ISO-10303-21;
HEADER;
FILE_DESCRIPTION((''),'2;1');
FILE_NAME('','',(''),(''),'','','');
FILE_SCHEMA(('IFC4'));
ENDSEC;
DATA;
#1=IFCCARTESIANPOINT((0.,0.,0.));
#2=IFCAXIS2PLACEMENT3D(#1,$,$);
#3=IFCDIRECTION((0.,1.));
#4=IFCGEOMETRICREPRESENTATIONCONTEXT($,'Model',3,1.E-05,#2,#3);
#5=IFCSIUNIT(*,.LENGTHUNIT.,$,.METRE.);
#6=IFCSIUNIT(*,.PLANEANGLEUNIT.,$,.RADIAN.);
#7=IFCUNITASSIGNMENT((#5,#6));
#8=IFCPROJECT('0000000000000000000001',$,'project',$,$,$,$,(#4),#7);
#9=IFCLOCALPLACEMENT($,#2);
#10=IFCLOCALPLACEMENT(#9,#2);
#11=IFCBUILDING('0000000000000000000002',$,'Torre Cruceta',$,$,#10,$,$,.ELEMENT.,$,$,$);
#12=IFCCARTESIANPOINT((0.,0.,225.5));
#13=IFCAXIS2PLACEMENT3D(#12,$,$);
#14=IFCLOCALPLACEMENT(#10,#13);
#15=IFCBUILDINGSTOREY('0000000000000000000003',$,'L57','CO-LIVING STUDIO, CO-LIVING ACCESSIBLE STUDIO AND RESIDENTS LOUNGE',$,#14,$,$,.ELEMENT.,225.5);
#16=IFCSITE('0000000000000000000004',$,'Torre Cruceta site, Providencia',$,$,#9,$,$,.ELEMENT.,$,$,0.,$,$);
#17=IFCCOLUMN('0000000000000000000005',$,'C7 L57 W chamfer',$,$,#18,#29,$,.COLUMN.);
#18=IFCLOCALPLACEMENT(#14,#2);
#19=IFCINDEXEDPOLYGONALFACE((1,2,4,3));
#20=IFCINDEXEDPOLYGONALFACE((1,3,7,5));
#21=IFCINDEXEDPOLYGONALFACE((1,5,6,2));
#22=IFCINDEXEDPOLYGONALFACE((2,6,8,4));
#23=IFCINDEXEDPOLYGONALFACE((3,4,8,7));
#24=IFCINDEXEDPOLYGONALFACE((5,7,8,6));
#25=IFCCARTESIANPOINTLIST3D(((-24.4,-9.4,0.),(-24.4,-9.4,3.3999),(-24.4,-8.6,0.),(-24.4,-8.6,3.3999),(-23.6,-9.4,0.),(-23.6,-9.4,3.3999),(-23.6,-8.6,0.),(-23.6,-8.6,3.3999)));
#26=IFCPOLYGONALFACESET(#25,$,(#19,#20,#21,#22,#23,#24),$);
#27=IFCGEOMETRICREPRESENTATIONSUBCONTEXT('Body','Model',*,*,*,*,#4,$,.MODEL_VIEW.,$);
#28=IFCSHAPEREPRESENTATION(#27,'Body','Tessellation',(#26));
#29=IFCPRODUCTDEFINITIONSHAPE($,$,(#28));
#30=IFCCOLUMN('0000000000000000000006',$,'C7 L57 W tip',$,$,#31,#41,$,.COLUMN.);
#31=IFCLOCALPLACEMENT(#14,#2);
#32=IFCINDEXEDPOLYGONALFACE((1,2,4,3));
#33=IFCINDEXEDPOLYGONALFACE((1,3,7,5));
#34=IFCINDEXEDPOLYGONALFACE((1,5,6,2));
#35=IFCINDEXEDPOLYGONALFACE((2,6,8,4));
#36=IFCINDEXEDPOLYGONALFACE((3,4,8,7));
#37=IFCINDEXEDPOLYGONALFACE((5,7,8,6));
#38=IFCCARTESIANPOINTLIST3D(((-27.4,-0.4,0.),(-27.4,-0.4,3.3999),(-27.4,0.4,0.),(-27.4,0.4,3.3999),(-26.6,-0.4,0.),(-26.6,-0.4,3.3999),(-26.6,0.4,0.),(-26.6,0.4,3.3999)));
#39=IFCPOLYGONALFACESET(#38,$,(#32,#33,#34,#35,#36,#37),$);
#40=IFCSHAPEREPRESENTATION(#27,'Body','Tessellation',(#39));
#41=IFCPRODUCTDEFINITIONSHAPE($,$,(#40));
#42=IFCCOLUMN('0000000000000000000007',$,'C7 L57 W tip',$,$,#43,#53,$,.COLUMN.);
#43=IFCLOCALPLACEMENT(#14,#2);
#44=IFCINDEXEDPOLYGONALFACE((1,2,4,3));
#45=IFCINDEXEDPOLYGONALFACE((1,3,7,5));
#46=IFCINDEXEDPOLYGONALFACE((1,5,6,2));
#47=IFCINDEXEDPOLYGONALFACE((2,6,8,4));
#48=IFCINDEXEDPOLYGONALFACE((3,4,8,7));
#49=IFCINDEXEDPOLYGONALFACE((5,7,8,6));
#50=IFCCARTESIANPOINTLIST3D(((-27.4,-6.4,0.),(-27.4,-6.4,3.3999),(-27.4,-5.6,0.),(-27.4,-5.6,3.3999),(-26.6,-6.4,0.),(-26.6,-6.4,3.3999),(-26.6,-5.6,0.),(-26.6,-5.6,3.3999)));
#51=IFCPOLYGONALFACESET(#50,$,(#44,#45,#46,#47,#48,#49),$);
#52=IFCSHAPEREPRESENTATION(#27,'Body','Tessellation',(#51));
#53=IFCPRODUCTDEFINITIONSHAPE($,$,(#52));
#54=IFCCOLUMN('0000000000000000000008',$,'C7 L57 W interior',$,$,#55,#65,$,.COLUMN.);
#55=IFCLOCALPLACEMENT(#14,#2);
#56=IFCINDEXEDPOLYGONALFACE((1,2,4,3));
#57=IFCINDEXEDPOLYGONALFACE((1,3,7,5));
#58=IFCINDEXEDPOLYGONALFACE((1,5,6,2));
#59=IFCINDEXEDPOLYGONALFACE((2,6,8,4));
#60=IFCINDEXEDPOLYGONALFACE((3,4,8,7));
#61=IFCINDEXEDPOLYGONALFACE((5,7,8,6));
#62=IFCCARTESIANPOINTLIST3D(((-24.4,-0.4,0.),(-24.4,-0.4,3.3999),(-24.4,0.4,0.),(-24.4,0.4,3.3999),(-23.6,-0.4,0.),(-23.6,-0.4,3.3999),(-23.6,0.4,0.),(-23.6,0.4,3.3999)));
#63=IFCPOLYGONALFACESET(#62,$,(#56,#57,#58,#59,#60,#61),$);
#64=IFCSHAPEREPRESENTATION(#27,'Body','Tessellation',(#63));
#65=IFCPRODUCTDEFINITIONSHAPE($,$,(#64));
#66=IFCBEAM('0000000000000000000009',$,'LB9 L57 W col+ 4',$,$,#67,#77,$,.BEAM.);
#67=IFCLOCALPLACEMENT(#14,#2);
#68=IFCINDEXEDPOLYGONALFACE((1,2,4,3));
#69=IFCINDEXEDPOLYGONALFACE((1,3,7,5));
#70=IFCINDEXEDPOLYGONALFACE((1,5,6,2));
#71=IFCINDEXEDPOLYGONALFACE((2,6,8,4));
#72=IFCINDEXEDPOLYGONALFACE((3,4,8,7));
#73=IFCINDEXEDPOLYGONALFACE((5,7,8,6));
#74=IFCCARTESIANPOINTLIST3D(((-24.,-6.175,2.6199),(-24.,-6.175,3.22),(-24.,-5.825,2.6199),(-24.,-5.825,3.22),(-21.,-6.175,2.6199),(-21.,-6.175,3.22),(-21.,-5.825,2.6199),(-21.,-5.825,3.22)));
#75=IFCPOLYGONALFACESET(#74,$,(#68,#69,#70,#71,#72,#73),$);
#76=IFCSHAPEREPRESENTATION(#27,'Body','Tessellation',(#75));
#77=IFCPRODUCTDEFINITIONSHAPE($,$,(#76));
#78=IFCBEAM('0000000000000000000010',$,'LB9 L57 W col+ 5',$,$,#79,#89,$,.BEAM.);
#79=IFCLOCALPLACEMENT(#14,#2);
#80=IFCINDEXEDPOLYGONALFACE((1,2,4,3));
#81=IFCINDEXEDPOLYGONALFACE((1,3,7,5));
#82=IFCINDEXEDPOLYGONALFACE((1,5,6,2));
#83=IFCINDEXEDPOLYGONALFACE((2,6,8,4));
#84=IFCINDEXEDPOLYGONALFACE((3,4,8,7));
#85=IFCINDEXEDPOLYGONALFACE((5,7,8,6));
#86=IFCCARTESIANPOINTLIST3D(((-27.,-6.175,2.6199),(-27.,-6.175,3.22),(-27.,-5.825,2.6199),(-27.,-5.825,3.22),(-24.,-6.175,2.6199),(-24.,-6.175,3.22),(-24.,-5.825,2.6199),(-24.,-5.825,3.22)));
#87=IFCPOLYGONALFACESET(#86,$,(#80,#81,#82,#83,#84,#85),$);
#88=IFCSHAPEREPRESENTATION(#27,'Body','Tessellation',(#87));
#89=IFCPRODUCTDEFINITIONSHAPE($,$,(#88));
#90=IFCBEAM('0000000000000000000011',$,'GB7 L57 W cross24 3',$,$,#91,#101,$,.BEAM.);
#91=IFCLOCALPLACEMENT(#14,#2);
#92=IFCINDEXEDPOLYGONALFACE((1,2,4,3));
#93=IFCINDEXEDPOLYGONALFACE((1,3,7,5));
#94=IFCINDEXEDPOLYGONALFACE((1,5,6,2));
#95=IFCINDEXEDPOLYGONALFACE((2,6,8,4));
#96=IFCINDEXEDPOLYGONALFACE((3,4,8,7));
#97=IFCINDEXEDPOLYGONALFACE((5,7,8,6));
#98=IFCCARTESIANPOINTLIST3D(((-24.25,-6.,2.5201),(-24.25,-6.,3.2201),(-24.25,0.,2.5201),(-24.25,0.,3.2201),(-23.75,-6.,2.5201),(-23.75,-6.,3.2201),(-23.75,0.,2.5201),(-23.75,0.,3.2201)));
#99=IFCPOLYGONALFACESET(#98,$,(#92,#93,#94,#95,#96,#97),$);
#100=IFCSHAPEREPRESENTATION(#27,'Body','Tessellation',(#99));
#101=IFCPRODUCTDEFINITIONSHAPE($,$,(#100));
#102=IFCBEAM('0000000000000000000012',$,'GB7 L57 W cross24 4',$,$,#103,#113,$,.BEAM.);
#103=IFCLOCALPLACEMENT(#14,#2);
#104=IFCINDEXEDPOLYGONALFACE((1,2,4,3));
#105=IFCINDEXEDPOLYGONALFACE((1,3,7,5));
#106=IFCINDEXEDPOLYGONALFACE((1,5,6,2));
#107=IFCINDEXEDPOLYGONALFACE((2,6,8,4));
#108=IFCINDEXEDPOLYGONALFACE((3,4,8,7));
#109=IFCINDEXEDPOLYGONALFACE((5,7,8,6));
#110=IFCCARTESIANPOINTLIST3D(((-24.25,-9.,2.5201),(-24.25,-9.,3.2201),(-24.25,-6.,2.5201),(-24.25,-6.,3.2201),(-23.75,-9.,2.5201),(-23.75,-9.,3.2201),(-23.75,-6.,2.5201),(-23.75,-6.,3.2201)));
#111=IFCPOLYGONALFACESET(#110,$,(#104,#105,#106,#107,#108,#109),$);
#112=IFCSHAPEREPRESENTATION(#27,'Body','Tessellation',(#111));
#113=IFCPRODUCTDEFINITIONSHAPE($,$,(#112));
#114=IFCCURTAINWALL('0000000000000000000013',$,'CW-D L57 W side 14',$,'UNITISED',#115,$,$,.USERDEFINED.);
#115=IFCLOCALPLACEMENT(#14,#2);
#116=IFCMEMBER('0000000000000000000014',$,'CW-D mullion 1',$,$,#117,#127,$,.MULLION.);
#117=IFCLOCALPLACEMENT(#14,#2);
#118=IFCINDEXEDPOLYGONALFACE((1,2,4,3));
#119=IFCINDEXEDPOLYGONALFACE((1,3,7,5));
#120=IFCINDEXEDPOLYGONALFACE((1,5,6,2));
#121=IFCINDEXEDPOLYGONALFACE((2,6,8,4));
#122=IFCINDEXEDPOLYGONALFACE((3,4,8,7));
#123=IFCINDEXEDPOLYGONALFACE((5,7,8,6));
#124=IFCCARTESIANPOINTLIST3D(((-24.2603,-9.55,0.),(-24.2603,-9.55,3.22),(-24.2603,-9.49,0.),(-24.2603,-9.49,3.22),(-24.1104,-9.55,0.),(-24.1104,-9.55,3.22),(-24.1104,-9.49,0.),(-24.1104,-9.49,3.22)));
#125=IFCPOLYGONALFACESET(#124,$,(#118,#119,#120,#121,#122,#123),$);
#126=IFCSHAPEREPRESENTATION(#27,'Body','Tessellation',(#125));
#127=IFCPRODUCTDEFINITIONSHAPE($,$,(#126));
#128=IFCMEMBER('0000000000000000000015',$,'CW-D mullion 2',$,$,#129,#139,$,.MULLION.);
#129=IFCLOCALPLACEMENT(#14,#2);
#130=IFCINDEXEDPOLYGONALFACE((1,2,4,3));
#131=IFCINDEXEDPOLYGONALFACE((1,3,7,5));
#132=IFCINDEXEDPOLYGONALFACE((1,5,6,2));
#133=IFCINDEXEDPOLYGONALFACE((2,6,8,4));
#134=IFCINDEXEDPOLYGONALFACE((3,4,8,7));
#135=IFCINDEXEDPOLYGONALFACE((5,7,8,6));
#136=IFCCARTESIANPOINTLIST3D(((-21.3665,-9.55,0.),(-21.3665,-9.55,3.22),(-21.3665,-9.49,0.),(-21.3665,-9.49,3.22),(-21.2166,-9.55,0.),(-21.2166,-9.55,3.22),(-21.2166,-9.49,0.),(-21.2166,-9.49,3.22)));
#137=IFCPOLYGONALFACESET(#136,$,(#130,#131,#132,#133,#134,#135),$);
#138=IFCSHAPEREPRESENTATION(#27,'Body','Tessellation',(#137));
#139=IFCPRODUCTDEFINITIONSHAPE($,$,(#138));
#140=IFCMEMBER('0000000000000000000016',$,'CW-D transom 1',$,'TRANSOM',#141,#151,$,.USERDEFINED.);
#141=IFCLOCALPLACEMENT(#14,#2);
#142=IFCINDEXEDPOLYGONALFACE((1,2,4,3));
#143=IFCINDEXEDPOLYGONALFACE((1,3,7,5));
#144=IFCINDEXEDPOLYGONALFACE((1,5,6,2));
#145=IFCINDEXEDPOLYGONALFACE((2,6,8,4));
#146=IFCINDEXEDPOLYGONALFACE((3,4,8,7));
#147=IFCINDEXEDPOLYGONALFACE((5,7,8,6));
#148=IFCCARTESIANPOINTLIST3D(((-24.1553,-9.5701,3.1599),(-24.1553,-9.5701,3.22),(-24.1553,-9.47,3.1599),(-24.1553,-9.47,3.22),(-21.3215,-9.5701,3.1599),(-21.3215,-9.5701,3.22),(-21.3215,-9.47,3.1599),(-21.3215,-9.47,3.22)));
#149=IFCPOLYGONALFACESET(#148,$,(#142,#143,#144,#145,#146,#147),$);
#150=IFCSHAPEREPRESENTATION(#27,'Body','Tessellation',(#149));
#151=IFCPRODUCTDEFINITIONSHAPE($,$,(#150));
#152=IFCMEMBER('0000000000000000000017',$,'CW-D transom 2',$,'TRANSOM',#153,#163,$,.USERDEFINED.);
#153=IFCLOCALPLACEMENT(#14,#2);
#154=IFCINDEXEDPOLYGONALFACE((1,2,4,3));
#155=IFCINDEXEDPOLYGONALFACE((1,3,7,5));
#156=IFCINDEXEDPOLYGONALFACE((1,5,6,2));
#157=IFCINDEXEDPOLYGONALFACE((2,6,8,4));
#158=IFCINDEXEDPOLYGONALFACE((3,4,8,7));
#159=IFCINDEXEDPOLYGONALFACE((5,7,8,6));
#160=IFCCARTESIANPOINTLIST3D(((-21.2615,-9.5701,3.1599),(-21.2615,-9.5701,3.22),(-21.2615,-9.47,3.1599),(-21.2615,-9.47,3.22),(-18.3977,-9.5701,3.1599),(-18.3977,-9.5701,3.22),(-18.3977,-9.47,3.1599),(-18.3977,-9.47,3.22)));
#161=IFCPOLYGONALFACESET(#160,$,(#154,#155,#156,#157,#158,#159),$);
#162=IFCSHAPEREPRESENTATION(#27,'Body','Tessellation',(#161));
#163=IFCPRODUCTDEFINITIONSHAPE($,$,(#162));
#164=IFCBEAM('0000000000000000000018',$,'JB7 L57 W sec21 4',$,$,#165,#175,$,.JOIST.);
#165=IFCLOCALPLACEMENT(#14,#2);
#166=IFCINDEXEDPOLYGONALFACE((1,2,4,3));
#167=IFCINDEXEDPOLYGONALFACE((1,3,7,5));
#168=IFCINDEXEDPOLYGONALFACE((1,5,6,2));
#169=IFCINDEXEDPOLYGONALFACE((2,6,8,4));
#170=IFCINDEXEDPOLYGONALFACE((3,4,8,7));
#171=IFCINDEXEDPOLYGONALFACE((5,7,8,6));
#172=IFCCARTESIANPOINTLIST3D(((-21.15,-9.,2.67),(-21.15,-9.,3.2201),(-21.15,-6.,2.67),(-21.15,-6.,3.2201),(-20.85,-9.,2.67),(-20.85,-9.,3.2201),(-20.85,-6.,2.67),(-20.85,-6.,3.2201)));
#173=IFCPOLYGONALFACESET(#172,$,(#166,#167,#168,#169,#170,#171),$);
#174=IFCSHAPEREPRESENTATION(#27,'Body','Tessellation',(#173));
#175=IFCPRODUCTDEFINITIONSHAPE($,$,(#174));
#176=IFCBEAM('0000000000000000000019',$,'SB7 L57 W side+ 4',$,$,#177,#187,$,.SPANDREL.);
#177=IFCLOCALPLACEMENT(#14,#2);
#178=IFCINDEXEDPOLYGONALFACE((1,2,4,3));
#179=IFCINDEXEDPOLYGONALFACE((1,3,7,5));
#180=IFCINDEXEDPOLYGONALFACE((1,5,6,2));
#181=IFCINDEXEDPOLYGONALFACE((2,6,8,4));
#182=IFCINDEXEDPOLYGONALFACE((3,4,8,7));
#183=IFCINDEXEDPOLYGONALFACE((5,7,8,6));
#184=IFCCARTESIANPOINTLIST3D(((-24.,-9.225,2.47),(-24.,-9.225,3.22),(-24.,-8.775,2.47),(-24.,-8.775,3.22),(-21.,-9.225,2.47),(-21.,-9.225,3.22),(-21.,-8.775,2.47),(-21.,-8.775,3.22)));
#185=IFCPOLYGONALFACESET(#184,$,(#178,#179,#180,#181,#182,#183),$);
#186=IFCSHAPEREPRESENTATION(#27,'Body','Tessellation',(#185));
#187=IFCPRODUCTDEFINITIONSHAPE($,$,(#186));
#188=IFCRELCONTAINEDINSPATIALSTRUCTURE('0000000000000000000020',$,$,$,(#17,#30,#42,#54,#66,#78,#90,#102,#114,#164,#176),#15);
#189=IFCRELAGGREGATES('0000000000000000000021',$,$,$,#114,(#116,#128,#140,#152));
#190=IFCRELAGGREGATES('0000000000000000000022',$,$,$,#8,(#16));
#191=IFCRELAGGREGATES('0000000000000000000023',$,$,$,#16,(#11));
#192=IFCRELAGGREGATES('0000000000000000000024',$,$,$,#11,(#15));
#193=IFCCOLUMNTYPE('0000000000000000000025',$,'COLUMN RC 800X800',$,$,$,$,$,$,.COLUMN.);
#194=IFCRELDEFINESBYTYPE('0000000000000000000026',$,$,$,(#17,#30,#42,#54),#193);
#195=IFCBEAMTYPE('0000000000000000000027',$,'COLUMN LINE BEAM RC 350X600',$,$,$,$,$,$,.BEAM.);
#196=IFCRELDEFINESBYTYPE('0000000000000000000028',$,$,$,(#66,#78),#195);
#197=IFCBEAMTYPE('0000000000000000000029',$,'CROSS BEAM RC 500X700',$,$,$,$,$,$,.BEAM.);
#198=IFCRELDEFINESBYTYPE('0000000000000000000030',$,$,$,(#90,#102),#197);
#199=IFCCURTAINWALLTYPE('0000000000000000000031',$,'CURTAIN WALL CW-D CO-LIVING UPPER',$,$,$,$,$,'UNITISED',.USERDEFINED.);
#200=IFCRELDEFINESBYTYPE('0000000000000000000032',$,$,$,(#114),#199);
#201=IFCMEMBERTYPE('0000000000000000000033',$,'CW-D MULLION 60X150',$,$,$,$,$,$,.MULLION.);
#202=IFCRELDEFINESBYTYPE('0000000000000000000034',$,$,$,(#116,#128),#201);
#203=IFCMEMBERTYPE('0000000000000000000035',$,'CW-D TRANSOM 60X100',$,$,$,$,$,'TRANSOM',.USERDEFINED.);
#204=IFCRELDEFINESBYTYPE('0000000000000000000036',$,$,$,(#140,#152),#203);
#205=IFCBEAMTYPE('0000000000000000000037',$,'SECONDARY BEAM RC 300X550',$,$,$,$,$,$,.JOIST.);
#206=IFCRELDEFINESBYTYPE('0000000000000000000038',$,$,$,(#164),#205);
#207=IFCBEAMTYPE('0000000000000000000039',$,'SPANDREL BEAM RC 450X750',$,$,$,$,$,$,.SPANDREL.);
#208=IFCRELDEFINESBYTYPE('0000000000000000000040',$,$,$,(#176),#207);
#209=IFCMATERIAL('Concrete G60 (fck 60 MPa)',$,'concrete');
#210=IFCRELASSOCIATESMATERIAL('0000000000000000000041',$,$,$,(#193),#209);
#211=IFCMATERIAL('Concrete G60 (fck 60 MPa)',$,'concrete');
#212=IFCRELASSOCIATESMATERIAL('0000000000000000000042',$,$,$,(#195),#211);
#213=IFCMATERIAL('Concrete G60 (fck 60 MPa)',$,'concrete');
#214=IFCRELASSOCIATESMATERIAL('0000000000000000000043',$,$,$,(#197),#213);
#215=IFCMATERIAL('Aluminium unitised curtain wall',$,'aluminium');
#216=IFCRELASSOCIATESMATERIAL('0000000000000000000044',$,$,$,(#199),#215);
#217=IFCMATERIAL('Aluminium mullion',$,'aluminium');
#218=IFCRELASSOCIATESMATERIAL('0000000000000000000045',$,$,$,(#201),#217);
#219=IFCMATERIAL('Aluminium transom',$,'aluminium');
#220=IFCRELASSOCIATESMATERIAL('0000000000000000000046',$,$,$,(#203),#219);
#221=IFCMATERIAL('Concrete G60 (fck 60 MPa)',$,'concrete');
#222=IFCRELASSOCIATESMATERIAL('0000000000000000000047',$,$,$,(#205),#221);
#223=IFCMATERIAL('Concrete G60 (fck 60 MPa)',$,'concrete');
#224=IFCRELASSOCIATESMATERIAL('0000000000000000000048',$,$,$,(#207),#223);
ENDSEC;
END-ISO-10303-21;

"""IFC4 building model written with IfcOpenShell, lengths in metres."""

from ifc_helpers import new_model, si_unit, direction, frame, origin, origin_2d, place, context, subcontext, project, spatial, rectangle, extrude, material, material_profile, profile_set, type_object, element, aggregate, save


model = new_model("IFC4")

# Units and contexts
model_context = context("Model", 3, precision=1e-05, world=origin(), true_north=direction((0.0, 1.0)))
body_context = subcontext(model_context, "Body", "Model", "MODEL_VIEW")
ifc_project = project(units=[si_unit("LENGTHUNIT", "METRE"), si_unit("PLANEANGLEUNIT", "RADIAN")], contexts=[model_context])

# Site, building, storey
site_placement = place(None, origin())
site = spatial("IfcSite", under=ifc_project, at=site_placement, Name="Torre Cruceta site, Providencia", CompositionType="ELEMENT", RefElevation=0.0)
building_placement = place(site_placement, origin())
building = spatial("IfcBuilding", under=site, at=building_placement, Name="Torre Cruceta", CompositionType="ELEMENT")
storey_placement = place(building_placement, frame((0.0, 0.0, 225.5)))
storey = spatial("IfcBuildingStorey", under=building, at=storey_placement, Name="L57", Description="CO-LIVING STUDIO, CO-LIVING ACCESSIBLE STUDIO AND RESIDENTS LOUNGE", CompositionType="ELEMENT", Elevation=225.5)

# Columns
ifc_material_1 = material(Name="Concrete G60 (fck 60 MPa)", Category="concrete")
ifc_material_profile_1 = material_profile(ifc_material_1, rectangle(XDim=0.8, YDim=0.8, at=origin_2d()), Name="RC 800X800")
ifc_profile_set_1 = profile_set([ifc_material_profile_1], Name="Concrete G60 (fck 60 MPa)")
column_type = type_object("IfcColumnType", Name="COLUMN RC 800X800", PredefinedType="COLUMN", material=ifc_profile_set_1)
for number, where, z_axis, x_axis, name in (
    (1, (-24.0, -9.0, 0.0), (0.0, 0.0, 1.0), (1.0, 0.0, 0.0), "C7 L57 W chamfer"),
    (2, (-27.0, 0.0, 0.0), (0.0, 0.0, 1.0), (1.0, 0.0, 0.0), "C7 L57 W tip"),
    (3, (-27.0, -6.0, 0.0), (0.0, 0.0, 1.0), (1.0, 0.0, 0.0), "C7 L57 W tip"),
    (4, (-24.0, 0.0, 0.0), (0.0, 0.0, 1.0), (1.0, 0.0, 0.0), "C7 L57 W interior"),
):
    element("IfcColumn", number, at=place(storey_placement, frame(where, z_axis=z_axis, x_axis=x_axis)), inside=storey, type_object=column_type, Name=name, PredefinedType="COLUMN", context=body_context, shape_type="SweptSolid", body=[
        extrude(rectangle(XDim=0.8, YDim=0.8, at=origin_2d()), origin(), (0.0, 0.0, 1.0), 3.3999),
    ])

# Beams
ifc_material_2 = material(Name="Concrete G60 (fck 60 MPa)", Category="concrete")
ifc_material_profile_2 = material_profile(ifc_material_2, rectangle(XDim=0.3501, YDim=0.6001, at=origin_2d()), Name="RC 350X600")
ifc_profile_set_2 = profile_set([ifc_material_profile_2], Name="Concrete G60 (fck 60 MPa)")
beam_type_1 = type_object("IfcBeamType", Name="COLUMN LINE BEAM RC 350X600", PredefinedType="BEAM", material=ifc_profile_set_2)
for number, where, z_axis, x_axis, name in (
    (5, (-21.0, -6.0, 2.9199), (-1.0, 0.0, 0.0), (0.0, -1.0, 0.0), "LB9 L57 W col+ 4"),
    (6, (-24.0, -6.0, 2.9199), (-1.0, 0.0, 0.0), (0.0, -1.0, 0.0), "LB9 L57 W col+ 5"),
):
    element("IfcBeam", number, at=place(storey_placement, frame(where, z_axis=z_axis, x_axis=x_axis)), inside=storey, type_object=beam_type_1, Name=name, PredefinedType="BEAM", context=body_context, shape_type="SweptSolid", body=[
        extrude(rectangle(XDim=0.3501, YDim=0.6001, at=origin_2d()), origin(), (0.0, 0.0, 1.0), 3.0),
    ])
ifc_material_3 = material(Name="Concrete G60 (fck 60 MPa)", Category="concrete")
ifc_material_profile_3 = material_profile(ifc_material_3, rectangle(XDim=0.5, YDim=0.7, at=origin_2d()), Name="RC 500X700")
ifc_profile_set_3 = profile_set([ifc_material_profile_3], Name="Concrete G60 (fck 60 MPa)")
beam_type_2 = type_object("IfcBeamType", Name="CROSS BEAM RC 500X700", PredefinedType="BEAM", material=ifc_profile_set_3)
beam_1_placement = place(storey_placement, frame((-24.0, 0.0, 2.8701), z_axis=(0.0, -1.0, 0.0), x_axis=(1.0, 0.0, 0.0)))
element("IfcBeam", 7, at=beam_1_placement, inside=storey, type_object=beam_type_2, Name="GB7 L57 W cross24 3", PredefinedType="BEAM", context=body_context, shape_type="SweptSolid", body=[
    extrude(rectangle(XDim=0.5, YDim=0.7, at=origin_2d()), origin(), (0.0, 0.0, 1.0), 6.0),
])
beam_2_placement = place(storey_placement, frame((-24.0, -6.0, 2.8701), z_axis=(0.0, -1.0, 0.0), x_axis=(1.0, 0.0, 0.0)))
element("IfcBeam", 8, at=beam_2_placement, inside=storey, type_object=beam_type_2, Name="GB7 L57 W cross24 4", PredefinedType="BEAM", context=body_context, shape_type="SweptSolid", body=[
    extrude(rectangle(XDim=0.5, YDim=0.7, at=origin_2d()), origin(), (0.0, 0.0, 1.0), 3.0),
])

# Curtain wall, members
ifc_material_4 = material(Name="Aluminium unitised curtain wall", Category="aluminium")
curtain_wall_type = type_object("IfcCurtainWallType", Name="CURTAIN WALL CW-D CO-LIVING UPPER", ElementType="UNITISED", PredefinedType="USERDEFINED", material=ifc_material_4)
curtain_wall_placement = place(storey_placement, origin())
curtain_wall = element("IfcCurtainWall", 9, at=curtain_wall_placement, inside=storey, type_object=curtain_wall_type, Name="CW-D L57 W side 14", ObjectType="UNITISED", PredefinedType="USERDEFINED")
ifc_material_5 = material(Name="Aluminium mullion", Category="aluminium")
ifc_material_profile_4 = material_profile(ifc_material_5, rectangle(XDim=0.0601, YDim=0.1499, at=origin_2d()), Name="AL 60X150")
ifc_profile_set_4 = profile_set([ifc_material_profile_4], Name="Aluminium mullion")
member_type_1 = type_object("IfcMemberType", Name="CW-D MULLION 60X150", PredefinedType="MULLION", material=ifc_profile_set_4)
member_1_placement = place(storey_placement, frame((-24.1853, -9.52, 0.0), z_axis=(0.0, 0.0, 1.0), x_axis=(0.0, 1.0, 0.0)))
member_1 = element("IfcMember", 10, at=member_1_placement, type_object=member_type_1, Name="CW-D mullion 1", PredefinedType="MULLION", context=body_context, shape_type="SweptSolid", body=[
    extrude(rectangle(XDim=0.0601, YDim=0.1499, at=origin_2d()), origin(), (0.0, 0.0, 1.0), 3.22),
])
member_2_placement = place(storey_placement, frame((-21.2915, -9.52, 0.0), z_axis=(0.0, 0.0, 1.0), x_axis=(0.0, 1.0, 0.0)))
member_2 = element("IfcMember", 11, at=member_2_placement, type_object=member_type_1, Name="CW-D mullion 2", PredefinedType="MULLION", context=body_context, shape_type="SweptSolid", body=[
    extrude(rectangle(XDim=0.0601, YDim=0.1499, at=origin_2d()), origin(), (0.0, 0.0, 1.0), 3.22),
])
ifc_material_6 = material(Name="Aluminium transom", Category="aluminium")
ifc_material_profile_5 = material_profile(ifc_material_6, rectangle(XDim=0.1001, YDim=0.0601, at=origin_2d()), Name="AL 100X60")
ifc_profile_set_5 = profile_set([ifc_material_profile_5], Name="Aluminium transom")
member_type_2 = type_object("IfcMemberType", Name="CW-D TRANSOM 60X100", ElementType="TRANSOM", PredefinedType="USERDEFINED", material=ifc_profile_set_5)
member_3_placement = place(storey_placement, frame((-24.1553, -9.52, 3.1899), z_axis=(1.0, 0.0, 0.0), x_axis=(0.0, 1.0, 0.0)))
member_3 = element("IfcMember", 12, at=member_3_placement, type_object=member_type_2, Name="CW-D transom 1", ObjectType="TRANSOM", PredefinedType="USERDEFINED", context=body_context, shape_type="SweptSolid", body=[
    extrude(rectangle(XDim=0.1001, YDim=0.0601, at=origin_2d()), origin(), (0.0, 0.0, 1.0), 2.8337),
])
member_4_placement = place(storey_placement, frame((-21.2615, -9.52, 3.1899), z_axis=(1.0, 0.0, 0.0), x_axis=(0.0, 1.0, 0.0)))
member_4 = element("IfcMember", 13, at=member_4_placement, type_object=member_type_2, Name="CW-D transom 2", ObjectType="TRANSOM", PredefinedType="USERDEFINED", context=body_context, shape_type="SweptSolid", body=[
    extrude(rectangle(XDim=0.1001, YDim=0.0601, at=origin_2d()), origin(), (0.0, 0.0, 1.0), 2.8638),
])

# Beams
ifc_material_7 = material(Name="Concrete G60 (fck 60 MPa)", Category="concrete")
ifc_material_profile_6 = material_profile(ifc_material_7, rectangle(XDim=0.3, YDim=0.55, at=origin_2d()), Name="RC 300X550")
ifc_profile_set_6 = profile_set([ifc_material_profile_6], Name="Concrete G60 (fck 60 MPa)")
beam_type_3 = type_object("IfcBeamType", Name="SECONDARY BEAM RC 300X550", PredefinedType="JOIST", material=ifc_profile_set_6)
beam_3_placement = place(storey_placement, frame((-21.0, -6.0, 2.9451), z_axis=(0.0, -1.0, 0.0), x_axis=(1.0, 0.0, 0.0)))
element("IfcBeam", 14, at=beam_3_placement, inside=storey, type_object=beam_type_3, Name="JB7 L57 W sec21 4", PredefinedType="JOIST", context=body_context, shape_type="SweptSolid", body=[
    extrude(rectangle(XDim=0.3, YDim=0.55, at=origin_2d()), origin(), (0.0, 0.0, 1.0), 3.0),
])
ifc_material_8 = material(Name="Concrete G60 (fck 60 MPa)", Category="concrete")
ifc_material_profile_7 = material_profile(ifc_material_8, rectangle(XDim=0.45, YDim=0.75, at=origin_2d()), Name="RC 450X750")
ifc_profile_set_7 = profile_set([ifc_material_profile_7], Name="Concrete G60 (fck 60 MPa)")
beam_type_4 = type_object("IfcBeamType", Name="SPANDREL BEAM RC 450X750", PredefinedType="SPANDREL", material=ifc_profile_set_7)
beam_4_placement = place(storey_placement, frame((-21.0, -9.0, 2.845), z_axis=(-1.0, 0.0, 0.0), x_axis=(0.0, -1.0, 0.0)))
element("IfcBeam", 15, at=beam_4_placement, inside=storey, type_object=beam_type_4, Name="SB7 L57 W side+ 4", PredefinedType="SPANDREL", context=body_context, shape_type="SweptSolid", body=[
    extrude(rectangle(XDim=0.45, YDim=0.75, at=origin_2d()), origin(), (0.0, 0.0, 1.0), 3.0),
])

aggregate(curtain_wall, [member_1, member_2, member_3, member_4])

save(model, "model.ifc")
